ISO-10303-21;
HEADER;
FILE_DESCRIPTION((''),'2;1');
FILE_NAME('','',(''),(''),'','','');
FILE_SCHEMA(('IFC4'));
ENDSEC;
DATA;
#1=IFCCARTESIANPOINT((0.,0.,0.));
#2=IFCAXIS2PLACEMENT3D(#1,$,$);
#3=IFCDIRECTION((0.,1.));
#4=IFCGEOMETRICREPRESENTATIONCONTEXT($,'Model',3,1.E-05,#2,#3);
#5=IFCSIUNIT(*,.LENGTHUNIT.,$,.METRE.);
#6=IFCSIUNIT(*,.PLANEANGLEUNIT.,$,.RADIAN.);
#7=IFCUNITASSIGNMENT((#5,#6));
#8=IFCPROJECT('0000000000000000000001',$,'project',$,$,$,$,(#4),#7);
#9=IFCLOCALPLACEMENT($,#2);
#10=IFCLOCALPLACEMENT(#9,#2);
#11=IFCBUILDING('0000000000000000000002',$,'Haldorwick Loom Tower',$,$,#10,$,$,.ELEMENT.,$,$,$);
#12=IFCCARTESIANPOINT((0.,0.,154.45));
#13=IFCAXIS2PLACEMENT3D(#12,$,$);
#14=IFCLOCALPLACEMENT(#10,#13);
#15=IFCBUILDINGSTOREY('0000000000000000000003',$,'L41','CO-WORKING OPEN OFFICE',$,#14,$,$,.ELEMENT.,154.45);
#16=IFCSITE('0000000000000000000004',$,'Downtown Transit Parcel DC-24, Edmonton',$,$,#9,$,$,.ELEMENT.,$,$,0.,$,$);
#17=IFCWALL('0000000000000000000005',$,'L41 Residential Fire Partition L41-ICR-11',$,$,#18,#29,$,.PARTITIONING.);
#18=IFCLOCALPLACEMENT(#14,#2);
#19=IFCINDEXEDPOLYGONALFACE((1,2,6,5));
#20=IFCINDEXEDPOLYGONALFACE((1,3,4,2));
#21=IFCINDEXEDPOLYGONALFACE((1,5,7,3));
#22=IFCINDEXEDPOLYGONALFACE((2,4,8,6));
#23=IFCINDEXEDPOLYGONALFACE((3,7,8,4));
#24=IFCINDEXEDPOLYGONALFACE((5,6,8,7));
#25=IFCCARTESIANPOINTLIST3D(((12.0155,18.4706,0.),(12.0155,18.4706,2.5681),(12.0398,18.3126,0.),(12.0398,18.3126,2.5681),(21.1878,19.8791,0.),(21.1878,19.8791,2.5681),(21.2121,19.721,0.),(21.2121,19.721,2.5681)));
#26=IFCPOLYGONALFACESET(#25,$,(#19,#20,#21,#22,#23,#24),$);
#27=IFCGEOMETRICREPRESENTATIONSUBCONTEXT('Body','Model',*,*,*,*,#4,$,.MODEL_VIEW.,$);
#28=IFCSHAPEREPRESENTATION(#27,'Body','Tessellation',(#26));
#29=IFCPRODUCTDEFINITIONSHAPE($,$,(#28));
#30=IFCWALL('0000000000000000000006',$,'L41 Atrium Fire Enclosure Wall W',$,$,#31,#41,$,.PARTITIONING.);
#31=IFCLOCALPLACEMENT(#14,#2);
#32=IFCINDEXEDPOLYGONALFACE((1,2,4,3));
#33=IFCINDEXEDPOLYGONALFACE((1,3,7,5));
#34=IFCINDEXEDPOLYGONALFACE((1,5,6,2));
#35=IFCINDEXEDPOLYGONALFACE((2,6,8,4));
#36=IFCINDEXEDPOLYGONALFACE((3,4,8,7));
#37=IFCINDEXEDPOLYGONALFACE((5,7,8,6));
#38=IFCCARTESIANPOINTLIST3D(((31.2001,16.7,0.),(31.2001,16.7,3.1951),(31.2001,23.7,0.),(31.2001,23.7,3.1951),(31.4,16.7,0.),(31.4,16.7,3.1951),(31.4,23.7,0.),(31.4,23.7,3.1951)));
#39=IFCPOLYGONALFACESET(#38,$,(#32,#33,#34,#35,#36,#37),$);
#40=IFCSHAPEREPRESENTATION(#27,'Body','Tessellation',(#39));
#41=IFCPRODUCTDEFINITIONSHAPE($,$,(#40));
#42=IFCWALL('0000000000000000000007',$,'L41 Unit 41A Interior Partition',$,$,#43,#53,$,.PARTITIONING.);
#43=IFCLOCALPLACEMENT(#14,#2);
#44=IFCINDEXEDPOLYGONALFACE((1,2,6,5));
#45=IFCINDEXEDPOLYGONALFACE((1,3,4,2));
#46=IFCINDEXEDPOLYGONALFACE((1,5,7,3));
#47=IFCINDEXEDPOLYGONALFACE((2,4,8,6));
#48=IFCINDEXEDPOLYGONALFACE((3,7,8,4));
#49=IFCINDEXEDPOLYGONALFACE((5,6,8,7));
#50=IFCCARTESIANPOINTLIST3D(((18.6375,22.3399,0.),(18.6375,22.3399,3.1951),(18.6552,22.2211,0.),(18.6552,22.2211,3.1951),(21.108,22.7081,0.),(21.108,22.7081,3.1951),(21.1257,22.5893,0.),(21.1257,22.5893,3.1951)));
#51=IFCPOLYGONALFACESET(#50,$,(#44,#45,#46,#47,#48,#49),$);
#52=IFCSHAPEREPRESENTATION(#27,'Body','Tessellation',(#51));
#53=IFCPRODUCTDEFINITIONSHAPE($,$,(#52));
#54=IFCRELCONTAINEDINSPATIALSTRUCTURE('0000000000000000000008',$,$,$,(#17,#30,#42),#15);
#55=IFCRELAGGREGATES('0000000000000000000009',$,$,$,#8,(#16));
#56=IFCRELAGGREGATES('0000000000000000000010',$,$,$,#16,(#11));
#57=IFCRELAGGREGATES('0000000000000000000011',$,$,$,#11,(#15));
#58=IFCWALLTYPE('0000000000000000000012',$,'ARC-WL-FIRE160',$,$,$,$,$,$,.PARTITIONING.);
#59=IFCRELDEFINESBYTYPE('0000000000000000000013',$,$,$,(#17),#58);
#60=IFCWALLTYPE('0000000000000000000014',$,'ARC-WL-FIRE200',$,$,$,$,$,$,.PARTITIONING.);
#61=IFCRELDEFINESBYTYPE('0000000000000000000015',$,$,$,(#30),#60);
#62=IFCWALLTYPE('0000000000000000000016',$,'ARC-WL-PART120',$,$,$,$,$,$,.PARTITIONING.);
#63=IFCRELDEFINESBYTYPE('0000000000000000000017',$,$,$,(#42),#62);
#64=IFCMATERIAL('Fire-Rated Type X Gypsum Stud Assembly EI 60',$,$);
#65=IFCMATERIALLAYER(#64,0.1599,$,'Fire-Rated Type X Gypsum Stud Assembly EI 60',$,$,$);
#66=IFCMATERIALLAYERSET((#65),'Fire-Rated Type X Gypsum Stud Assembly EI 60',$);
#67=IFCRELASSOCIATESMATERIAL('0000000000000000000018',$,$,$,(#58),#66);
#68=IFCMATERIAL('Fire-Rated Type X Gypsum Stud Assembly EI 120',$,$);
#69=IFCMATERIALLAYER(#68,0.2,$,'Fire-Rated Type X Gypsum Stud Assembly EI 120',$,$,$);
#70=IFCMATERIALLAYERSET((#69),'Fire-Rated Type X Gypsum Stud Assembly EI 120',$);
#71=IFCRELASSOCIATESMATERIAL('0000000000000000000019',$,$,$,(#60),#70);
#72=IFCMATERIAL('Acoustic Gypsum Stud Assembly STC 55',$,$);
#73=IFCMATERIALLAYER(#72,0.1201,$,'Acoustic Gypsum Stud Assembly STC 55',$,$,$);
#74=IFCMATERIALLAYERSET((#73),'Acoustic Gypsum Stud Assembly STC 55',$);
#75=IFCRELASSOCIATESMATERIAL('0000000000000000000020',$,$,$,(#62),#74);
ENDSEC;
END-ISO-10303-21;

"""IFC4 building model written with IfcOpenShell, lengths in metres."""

from ifc_helpers import new_model, si_unit, direction, frame, frame_2d, origin, place, context, subcontext, project, spatial, rectangle, extrude, material, layer, layer_set, type_object, element, save


model = new_model("IFC4")

# Units and contexts
model_context = context("Model", 3, precision=1e-05, world=origin(), true_north=direction((0.0, 1.0)))
body_context = subcontext(model_context, "Body", "Model", "MODEL_VIEW")
ifc_project = project(units=[si_unit("LENGTHUNIT", "METRE"), si_unit("PLANEANGLEUNIT", "RADIAN")], contexts=[model_context])

# Site, building, storey
site_placement = place(None, origin())
site = spatial("IfcSite", under=ifc_project, at=site_placement, Name="Downtown Transit Parcel DC-24, Edmonton", CompositionType="ELEMENT", RefElevation=0.0)
building_placement = place(site_placement, origin())
building = spatial("IfcBuilding", under=site, at=building_placement, Name="Haldorwick Loom Tower", CompositionType="ELEMENT")
storey_placement = place(building_placement, frame((0.0, 0.0, 154.45)))
storey = spatial("IfcBuildingStorey", under=building, at=storey_placement, Name="L41", Description="CO-WORKING OPEN OFFICE", CompositionType="ELEMENT", Elevation=154.45)

# Walls
ifc_material_1 = material(Name="Fire-Rated Type X Gypsum Stud Assembly EI 60")
ifc_layer_1 = layer(ifc_material_1, 0.1599, Name="Fire-Rated Type X Gypsum Stud Assembly EI 60")
ifc_layer_set_1 = layer_set([ifc_layer_1], Name="Fire-Rated Type X Gypsum Stud Assembly EI 60")
wall_type_1 = type_object("IfcWallType", Name="ARC-WL-FIRE160", PredefinedType="PARTITIONING", material=ifc_layer_set_1)
wall_1_placement = place(storey_placement, frame((21.2, 19.8, 0.0), z_axis=(0.0, 0.0, 1.0), x_axis=(-0.988415, -0.151774, 0.0)))
element("IfcWall", 1, at=wall_1_placement, inside=storey, type_object=wall_type_1, Name="L41 Residential Fire Partition L41-ICR-11", PredefinedType="PARTITIONING", context=body_context, shape_type="SweptSolid", body=[
    extrude(rectangle(XDim=9.2798, YDim=0.1599, at=frame_2d((4.6399, 0.0))), origin(), (0.0, 0.0, 1.0), 2.5681),
])
ifc_material_2 = material(Name="Fire-Rated Type X Gypsum Stud Assembly EI 120")
ifc_layer_2 = layer(ifc_material_2, 0.2, Name="Fire-Rated Type X Gypsum Stud Assembly EI 120")
ifc_layer_set_2 = layer_set([ifc_layer_2], Name="Fire-Rated Type X Gypsum Stud Assembly EI 120")
wall_type_2 = type_object("IfcWallType", Name="ARC-WL-FIRE200", PredefinedType="PARTITIONING", material=ifc_layer_set_2)
wall_2_placement = place(storey_placement, frame((31.3, 16.7, 0.0), z_axis=(0.0, 0.0, 1.0), x_axis=(0.0, 1.0, 0.0)))
element("IfcWall", 2, at=wall_2_placement, inside=storey, type_object=wall_type_2, Name="L41 Atrium Fire Enclosure Wall W", PredefinedType="PARTITIONING", context=body_context, shape_type="SweptSolid", body=[
    extrude(rectangle(XDim=7.0, YDim=0.2, at=frame_2d((3.5, 0.0))), origin(), (0.0, 0.0, 1.0), 3.1951),
])
ifc_material_3 = material(Name="Acoustic Gypsum Stud Assembly STC 55")
ifc_layer_3 = layer(ifc_material_3, 0.1201, Name="Acoustic Gypsum Stud Assembly STC 55")
ifc_layer_set_3 = layer_set([ifc_layer_3], Name="Acoustic Gypsum Stud Assembly STC 55")
wall_type_3 = type_object("IfcWallType", Name="ARC-WL-PART120", PredefinedType="PARTITIONING", material=ifc_layer_set_3)
wall_3_placement = place(storey_placement, frame((21.1169, 22.6487, 0.0), z_axis=(0.0, 0.0, 1.0), x_axis=(-0.989077, -0.147399, 0.0)))
element("IfcWall", 3, at=wall_3_placement, inside=storey, type_object=wall_type_3, Name="L41 Unit 41A Interior Partition", PredefinedType="PARTITIONING", context=body_context, shape_type="SweptSolid", body=[
    extrude(rectangle(XDim=2.4978, YDim=0.1201, at=frame_2d((1.249, 0.0))), origin(), (0.0, 0.0, 1.0), 3.1951),
])

save(model, "model.ifc")
